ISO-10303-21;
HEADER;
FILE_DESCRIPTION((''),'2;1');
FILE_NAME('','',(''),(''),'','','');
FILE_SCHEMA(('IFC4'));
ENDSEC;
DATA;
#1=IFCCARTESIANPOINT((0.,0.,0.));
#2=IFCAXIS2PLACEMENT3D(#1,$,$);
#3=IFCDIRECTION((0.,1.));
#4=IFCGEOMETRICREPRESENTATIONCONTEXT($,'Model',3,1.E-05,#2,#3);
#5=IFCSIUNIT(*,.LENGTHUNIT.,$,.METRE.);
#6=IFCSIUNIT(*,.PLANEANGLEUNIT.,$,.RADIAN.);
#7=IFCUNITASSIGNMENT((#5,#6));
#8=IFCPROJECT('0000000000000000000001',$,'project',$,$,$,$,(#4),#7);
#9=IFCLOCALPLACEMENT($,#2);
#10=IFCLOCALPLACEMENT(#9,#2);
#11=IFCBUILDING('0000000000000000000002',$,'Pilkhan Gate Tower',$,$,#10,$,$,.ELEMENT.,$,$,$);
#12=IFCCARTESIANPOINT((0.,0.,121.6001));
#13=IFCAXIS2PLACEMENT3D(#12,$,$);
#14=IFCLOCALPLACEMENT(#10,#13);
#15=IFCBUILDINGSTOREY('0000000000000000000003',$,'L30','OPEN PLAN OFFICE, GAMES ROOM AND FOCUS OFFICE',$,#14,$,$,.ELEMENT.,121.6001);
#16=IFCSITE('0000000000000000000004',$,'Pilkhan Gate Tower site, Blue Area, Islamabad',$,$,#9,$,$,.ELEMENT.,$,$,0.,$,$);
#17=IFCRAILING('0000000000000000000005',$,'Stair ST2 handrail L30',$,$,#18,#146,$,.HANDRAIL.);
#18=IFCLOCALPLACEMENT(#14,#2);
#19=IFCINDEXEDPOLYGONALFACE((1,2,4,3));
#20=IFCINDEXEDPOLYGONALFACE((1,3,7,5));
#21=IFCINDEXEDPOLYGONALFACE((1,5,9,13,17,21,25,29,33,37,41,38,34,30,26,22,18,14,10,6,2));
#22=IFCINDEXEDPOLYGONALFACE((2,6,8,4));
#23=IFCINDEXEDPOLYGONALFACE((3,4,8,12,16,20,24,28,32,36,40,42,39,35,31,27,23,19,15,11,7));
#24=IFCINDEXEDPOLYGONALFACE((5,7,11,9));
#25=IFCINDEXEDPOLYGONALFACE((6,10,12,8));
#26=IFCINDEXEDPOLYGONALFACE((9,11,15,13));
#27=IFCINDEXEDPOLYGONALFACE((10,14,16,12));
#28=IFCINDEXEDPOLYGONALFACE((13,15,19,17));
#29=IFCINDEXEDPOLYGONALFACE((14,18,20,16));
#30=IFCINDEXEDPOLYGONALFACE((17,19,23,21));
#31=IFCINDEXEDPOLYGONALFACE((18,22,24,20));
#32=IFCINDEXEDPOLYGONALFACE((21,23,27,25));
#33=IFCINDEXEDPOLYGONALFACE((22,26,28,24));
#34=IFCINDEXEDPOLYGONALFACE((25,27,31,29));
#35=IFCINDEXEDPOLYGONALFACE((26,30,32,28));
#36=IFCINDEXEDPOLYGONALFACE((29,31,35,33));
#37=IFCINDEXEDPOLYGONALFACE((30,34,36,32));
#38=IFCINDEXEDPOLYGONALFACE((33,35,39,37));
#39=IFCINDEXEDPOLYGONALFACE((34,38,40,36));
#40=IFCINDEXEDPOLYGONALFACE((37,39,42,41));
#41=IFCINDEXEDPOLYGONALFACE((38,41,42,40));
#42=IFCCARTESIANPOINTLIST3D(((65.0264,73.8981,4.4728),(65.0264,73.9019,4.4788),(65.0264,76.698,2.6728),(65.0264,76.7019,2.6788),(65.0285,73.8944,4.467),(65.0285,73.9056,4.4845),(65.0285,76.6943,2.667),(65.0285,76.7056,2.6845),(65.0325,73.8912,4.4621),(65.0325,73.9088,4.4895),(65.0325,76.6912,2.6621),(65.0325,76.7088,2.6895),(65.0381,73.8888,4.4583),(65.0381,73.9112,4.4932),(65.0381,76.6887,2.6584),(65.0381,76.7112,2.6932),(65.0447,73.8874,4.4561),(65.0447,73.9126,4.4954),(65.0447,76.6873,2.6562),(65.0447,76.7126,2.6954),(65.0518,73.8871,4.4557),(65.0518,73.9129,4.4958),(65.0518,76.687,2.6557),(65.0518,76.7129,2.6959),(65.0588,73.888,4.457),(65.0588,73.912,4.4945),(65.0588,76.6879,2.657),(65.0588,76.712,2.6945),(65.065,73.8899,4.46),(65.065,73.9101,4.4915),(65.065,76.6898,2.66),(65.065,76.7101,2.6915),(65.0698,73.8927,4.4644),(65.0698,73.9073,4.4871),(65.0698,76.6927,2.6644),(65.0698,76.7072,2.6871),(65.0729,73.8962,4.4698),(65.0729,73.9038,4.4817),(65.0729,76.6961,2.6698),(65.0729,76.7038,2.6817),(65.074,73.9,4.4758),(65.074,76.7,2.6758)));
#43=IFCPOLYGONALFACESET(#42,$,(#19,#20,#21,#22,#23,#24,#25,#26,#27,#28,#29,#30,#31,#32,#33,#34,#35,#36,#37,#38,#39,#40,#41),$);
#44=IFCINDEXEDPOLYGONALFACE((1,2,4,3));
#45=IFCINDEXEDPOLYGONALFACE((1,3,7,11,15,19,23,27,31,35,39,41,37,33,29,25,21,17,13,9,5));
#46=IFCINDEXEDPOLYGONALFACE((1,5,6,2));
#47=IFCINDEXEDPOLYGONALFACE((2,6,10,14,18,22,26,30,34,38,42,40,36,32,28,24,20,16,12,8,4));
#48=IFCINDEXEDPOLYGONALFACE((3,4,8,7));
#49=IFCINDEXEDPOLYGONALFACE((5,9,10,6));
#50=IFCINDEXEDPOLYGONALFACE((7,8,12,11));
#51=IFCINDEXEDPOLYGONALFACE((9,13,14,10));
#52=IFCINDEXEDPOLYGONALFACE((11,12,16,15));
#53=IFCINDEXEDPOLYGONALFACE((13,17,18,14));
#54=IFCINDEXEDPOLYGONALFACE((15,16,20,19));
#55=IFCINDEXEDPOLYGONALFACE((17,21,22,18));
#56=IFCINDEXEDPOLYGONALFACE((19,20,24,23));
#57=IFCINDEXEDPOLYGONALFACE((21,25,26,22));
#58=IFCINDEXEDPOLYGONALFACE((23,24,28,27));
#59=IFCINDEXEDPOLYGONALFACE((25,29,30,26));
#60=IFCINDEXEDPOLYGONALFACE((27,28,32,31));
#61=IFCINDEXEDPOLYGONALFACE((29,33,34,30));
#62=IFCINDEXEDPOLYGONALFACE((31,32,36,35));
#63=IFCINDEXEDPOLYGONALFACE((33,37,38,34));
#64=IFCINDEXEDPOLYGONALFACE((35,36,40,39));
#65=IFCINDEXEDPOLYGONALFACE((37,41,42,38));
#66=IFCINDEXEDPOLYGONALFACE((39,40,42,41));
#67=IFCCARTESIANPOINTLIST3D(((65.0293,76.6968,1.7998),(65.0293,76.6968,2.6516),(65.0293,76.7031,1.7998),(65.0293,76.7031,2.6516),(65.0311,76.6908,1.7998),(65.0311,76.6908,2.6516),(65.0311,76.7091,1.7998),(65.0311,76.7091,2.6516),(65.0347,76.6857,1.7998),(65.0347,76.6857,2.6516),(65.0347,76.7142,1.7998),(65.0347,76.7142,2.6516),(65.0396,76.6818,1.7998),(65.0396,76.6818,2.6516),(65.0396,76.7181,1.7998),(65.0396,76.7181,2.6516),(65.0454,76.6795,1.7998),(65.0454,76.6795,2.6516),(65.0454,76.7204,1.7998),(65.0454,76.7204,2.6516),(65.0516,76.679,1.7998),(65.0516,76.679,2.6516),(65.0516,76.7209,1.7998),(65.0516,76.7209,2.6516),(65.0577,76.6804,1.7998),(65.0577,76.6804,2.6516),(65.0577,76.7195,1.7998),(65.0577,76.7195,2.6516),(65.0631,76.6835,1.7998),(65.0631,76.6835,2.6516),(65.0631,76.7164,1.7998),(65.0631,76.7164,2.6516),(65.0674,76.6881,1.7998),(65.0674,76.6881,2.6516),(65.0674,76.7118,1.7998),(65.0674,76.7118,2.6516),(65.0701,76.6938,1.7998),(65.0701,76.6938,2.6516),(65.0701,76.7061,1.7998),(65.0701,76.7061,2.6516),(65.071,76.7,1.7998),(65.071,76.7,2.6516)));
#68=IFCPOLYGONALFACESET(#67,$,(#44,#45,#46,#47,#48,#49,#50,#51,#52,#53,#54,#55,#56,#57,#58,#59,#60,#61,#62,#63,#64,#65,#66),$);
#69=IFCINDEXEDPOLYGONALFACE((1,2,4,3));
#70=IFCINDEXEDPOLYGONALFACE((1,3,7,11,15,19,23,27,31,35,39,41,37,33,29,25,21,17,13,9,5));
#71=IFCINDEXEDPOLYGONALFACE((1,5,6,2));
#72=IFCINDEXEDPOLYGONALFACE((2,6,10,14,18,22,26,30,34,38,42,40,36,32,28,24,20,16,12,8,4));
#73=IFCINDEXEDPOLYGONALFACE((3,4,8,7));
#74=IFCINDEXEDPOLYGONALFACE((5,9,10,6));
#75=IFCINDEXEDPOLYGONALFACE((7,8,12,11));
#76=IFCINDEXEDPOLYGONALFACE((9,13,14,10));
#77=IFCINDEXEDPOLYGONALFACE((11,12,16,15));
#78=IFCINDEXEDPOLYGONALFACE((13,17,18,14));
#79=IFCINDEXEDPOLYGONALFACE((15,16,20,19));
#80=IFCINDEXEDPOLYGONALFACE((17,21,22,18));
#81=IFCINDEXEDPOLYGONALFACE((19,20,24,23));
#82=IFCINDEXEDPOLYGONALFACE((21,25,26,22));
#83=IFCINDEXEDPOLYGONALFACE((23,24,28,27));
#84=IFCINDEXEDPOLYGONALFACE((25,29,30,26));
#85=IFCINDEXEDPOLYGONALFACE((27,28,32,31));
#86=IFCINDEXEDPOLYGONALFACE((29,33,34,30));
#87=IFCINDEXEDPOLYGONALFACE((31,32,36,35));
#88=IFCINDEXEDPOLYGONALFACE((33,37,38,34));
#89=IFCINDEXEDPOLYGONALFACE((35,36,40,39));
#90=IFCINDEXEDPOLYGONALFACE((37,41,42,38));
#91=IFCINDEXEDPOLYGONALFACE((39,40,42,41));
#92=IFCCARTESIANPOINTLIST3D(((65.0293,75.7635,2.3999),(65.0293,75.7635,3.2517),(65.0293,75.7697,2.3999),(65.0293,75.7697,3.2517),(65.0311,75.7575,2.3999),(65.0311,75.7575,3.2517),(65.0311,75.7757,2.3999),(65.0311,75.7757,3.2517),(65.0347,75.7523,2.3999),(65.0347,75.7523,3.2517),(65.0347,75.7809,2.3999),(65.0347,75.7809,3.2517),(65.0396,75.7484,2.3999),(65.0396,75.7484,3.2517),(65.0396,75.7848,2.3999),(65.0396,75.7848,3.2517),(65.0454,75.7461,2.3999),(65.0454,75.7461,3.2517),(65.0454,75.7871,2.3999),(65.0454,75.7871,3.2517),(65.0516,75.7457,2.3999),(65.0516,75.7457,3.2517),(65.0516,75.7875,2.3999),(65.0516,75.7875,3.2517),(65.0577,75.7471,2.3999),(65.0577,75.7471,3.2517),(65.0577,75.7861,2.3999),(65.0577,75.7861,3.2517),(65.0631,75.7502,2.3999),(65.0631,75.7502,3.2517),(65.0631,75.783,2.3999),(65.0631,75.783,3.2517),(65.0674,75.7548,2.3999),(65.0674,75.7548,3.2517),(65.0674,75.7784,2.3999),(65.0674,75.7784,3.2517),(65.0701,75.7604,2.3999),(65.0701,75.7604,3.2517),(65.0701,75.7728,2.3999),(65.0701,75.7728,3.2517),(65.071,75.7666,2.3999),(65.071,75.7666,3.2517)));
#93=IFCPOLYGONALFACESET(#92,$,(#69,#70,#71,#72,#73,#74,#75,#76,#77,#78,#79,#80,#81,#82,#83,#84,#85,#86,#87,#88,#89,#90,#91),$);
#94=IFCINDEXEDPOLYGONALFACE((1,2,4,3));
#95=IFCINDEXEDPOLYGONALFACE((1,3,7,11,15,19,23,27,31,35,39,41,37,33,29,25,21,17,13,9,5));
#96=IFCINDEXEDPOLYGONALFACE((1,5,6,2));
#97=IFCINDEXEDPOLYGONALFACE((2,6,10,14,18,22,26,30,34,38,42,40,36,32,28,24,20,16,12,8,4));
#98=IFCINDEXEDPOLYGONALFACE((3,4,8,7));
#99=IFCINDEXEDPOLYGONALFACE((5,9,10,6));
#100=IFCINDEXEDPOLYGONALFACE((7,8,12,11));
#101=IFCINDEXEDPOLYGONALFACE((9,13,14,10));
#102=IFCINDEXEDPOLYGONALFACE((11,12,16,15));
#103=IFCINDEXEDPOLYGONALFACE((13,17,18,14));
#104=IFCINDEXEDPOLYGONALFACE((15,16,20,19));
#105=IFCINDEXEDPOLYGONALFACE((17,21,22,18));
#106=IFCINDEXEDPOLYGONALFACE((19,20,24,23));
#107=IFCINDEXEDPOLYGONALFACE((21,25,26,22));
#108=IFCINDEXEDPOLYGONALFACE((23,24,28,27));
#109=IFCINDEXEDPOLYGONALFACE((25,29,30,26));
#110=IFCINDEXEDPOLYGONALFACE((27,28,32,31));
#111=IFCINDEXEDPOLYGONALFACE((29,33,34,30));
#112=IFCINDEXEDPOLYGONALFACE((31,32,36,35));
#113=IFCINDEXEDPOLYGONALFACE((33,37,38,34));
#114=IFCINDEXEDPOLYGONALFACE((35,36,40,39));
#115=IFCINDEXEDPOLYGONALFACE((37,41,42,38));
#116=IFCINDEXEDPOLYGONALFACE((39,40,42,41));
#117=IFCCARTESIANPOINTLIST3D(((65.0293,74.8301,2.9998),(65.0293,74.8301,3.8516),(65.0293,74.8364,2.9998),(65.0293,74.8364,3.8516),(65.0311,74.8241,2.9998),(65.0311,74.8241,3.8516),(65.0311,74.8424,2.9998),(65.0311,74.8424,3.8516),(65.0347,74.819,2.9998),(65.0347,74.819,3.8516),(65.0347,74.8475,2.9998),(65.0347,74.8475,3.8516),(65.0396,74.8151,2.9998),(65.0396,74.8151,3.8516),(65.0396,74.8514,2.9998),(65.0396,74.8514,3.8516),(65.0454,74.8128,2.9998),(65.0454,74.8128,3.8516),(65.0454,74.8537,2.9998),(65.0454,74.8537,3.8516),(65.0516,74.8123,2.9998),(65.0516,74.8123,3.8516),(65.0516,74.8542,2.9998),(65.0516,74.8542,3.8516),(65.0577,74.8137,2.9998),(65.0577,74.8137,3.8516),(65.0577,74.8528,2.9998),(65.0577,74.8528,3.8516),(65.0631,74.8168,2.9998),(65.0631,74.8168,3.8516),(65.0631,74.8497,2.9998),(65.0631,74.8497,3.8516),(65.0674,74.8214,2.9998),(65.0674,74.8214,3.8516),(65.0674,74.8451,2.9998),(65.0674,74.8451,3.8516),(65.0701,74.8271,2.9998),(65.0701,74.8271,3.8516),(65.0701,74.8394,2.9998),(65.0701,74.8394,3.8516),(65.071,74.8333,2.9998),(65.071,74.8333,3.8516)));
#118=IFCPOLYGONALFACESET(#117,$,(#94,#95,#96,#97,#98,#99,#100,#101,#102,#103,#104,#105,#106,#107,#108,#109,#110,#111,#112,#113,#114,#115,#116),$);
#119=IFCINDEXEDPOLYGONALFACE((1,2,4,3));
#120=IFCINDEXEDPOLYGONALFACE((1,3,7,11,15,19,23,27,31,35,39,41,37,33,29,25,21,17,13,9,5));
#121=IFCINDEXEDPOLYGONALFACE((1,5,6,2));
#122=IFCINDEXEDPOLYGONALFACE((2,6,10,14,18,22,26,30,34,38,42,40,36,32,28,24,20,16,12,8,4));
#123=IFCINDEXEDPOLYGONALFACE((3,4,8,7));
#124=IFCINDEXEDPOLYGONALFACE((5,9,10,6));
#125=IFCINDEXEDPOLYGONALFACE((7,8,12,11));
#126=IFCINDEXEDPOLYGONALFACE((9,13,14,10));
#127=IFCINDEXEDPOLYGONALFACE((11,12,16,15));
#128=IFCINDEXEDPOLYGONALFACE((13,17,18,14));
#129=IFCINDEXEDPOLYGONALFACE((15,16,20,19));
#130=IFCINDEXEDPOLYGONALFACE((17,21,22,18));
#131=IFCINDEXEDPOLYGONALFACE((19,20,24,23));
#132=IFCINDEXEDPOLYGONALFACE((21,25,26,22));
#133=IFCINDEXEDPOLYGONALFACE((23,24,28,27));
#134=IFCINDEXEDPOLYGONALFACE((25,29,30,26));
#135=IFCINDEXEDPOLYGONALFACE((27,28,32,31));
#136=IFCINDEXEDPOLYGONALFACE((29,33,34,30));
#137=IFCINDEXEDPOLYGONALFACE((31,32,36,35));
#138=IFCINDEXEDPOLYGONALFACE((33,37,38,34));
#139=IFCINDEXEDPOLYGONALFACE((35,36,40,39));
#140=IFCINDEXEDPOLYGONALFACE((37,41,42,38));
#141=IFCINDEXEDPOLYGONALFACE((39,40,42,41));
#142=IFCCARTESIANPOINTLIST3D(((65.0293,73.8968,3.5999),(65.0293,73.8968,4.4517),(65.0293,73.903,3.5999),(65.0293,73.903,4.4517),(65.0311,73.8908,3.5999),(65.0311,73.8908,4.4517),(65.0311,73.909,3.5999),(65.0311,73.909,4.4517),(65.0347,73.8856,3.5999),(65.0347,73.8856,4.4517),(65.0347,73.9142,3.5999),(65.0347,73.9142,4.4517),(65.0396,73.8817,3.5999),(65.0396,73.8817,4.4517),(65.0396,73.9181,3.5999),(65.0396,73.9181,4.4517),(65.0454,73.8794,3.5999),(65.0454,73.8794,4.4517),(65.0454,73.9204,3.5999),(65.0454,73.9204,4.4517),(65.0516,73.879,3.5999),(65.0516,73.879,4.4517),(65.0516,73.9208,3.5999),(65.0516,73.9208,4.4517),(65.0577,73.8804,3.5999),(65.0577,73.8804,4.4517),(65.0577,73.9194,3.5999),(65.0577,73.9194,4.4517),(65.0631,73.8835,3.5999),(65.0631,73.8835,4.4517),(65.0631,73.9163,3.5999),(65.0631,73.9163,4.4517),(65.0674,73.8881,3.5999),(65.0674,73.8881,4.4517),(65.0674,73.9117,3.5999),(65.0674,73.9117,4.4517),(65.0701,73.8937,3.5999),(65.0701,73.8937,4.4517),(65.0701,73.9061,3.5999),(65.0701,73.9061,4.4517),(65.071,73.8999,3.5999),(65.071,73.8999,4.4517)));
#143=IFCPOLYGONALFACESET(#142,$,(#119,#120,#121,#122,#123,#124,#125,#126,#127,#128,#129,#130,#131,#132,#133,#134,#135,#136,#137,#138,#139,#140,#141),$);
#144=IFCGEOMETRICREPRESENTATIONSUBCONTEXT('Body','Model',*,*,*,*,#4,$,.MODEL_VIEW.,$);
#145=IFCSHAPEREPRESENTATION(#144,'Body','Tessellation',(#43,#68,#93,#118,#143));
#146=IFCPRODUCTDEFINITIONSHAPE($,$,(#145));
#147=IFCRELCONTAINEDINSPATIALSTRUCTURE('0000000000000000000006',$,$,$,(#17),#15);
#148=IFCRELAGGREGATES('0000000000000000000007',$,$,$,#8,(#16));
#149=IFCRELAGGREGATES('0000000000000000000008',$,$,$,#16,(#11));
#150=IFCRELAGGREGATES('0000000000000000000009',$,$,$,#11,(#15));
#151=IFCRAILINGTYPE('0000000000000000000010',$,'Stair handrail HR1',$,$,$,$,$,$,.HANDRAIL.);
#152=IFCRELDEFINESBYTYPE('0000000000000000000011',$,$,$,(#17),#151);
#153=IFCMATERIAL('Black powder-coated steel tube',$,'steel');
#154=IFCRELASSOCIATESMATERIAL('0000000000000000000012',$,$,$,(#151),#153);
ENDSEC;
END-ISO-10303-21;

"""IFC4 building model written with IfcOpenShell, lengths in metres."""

from ifc_helpers import new_model, si_unit, direction, frame, origin, origin_2d, place, context, subcontext, project, spatial, circle, extrude, material, type_object, element, save


model = new_model("IFC4")

# Units and contexts
model_context = context("Model", 3, precision=1e-05, world=origin(), true_north=direction((0.0, 1.0)))
body_context = subcontext(model_context, "Body", "Model", "MODEL_VIEW")
ifc_project = project(units=[si_unit("LENGTHUNIT", "METRE"), si_unit("PLANEANGLEUNIT", "RADIAN")], contexts=[model_context])

# Site, building, storey
site_placement = place(None, origin())
site = spatial("IfcSite", under=ifc_project, at=site_placement, Name="Pilkhan Gate Tower site, Blue Area, Islamabad", CompositionType="ELEMENT", RefElevation=0.0)
building_placement = place(site_placement, origin())
building = spatial("IfcBuilding", under=site, at=building_placement, Name="Pilkhan Gate Tower", CompositionType="ELEMENT")
storey_placement = place(building_placement, frame((0.0, 0.0, 121.6001)))
storey = spatial("IfcBuildingStorey", under=building, at=storey_placement, Name="L30", Description="OPEN PLAN OFFICE, GAMES ROOM AND FOCUS OFFICE", CompositionType="ELEMENT", Elevation=121.6001)

# Railing
ifc_material_1 = material(Name="Black powder-coated steel tube", Category="steel")
railing_type_1 = type_object("IfcRailingType", Name="Stair handrail HR1", PredefinedType="HANDRAIL", material=ifc_material_1)
railing_1_placement = place(storey_placement, frame((65.05, 76.7, 1.7998)))
element("IfcRailing", 1, at=railing_1_placement, inside=storey, type_object=railing_type_1, Name="Stair ST2 handrail L30", PredefinedType="HANDRAIL", context=body_context, shape_type="SweptSolid", body=[
    extrude(circle(Radius=0.0239, at=origin_2d()), frame((0.0, 0.0, 0.876), z_axis=(0.0, -0.841176, 0.540761), x_axis=(1.0, 0.0, 0.0)), (0.0, 0.0, 1.0), 3.3286),
    extrude(circle(Radius=0.021, at=origin_2d()), origin(), (0.0, 0.0, 1.0), 0.8518),
    extrude(circle(Radius=0.021, at=origin_2d()), frame((0.0, -0.9333, 0.6001)), (0.0, 0.0, 1.0), 0.8518),
    extrude(circle(Radius=0.021, at=origin_2d()), frame((0.0, -1.8667, 1.2)), (0.0, 0.0, 1.0), 0.8518),
    extrude(circle(Radius=0.021, at=origin_2d()), frame((0.0, -2.8, 1.8)), (0.0, 0.0, 1.0), 0.8518),
])

save(model, "model.ifc")
